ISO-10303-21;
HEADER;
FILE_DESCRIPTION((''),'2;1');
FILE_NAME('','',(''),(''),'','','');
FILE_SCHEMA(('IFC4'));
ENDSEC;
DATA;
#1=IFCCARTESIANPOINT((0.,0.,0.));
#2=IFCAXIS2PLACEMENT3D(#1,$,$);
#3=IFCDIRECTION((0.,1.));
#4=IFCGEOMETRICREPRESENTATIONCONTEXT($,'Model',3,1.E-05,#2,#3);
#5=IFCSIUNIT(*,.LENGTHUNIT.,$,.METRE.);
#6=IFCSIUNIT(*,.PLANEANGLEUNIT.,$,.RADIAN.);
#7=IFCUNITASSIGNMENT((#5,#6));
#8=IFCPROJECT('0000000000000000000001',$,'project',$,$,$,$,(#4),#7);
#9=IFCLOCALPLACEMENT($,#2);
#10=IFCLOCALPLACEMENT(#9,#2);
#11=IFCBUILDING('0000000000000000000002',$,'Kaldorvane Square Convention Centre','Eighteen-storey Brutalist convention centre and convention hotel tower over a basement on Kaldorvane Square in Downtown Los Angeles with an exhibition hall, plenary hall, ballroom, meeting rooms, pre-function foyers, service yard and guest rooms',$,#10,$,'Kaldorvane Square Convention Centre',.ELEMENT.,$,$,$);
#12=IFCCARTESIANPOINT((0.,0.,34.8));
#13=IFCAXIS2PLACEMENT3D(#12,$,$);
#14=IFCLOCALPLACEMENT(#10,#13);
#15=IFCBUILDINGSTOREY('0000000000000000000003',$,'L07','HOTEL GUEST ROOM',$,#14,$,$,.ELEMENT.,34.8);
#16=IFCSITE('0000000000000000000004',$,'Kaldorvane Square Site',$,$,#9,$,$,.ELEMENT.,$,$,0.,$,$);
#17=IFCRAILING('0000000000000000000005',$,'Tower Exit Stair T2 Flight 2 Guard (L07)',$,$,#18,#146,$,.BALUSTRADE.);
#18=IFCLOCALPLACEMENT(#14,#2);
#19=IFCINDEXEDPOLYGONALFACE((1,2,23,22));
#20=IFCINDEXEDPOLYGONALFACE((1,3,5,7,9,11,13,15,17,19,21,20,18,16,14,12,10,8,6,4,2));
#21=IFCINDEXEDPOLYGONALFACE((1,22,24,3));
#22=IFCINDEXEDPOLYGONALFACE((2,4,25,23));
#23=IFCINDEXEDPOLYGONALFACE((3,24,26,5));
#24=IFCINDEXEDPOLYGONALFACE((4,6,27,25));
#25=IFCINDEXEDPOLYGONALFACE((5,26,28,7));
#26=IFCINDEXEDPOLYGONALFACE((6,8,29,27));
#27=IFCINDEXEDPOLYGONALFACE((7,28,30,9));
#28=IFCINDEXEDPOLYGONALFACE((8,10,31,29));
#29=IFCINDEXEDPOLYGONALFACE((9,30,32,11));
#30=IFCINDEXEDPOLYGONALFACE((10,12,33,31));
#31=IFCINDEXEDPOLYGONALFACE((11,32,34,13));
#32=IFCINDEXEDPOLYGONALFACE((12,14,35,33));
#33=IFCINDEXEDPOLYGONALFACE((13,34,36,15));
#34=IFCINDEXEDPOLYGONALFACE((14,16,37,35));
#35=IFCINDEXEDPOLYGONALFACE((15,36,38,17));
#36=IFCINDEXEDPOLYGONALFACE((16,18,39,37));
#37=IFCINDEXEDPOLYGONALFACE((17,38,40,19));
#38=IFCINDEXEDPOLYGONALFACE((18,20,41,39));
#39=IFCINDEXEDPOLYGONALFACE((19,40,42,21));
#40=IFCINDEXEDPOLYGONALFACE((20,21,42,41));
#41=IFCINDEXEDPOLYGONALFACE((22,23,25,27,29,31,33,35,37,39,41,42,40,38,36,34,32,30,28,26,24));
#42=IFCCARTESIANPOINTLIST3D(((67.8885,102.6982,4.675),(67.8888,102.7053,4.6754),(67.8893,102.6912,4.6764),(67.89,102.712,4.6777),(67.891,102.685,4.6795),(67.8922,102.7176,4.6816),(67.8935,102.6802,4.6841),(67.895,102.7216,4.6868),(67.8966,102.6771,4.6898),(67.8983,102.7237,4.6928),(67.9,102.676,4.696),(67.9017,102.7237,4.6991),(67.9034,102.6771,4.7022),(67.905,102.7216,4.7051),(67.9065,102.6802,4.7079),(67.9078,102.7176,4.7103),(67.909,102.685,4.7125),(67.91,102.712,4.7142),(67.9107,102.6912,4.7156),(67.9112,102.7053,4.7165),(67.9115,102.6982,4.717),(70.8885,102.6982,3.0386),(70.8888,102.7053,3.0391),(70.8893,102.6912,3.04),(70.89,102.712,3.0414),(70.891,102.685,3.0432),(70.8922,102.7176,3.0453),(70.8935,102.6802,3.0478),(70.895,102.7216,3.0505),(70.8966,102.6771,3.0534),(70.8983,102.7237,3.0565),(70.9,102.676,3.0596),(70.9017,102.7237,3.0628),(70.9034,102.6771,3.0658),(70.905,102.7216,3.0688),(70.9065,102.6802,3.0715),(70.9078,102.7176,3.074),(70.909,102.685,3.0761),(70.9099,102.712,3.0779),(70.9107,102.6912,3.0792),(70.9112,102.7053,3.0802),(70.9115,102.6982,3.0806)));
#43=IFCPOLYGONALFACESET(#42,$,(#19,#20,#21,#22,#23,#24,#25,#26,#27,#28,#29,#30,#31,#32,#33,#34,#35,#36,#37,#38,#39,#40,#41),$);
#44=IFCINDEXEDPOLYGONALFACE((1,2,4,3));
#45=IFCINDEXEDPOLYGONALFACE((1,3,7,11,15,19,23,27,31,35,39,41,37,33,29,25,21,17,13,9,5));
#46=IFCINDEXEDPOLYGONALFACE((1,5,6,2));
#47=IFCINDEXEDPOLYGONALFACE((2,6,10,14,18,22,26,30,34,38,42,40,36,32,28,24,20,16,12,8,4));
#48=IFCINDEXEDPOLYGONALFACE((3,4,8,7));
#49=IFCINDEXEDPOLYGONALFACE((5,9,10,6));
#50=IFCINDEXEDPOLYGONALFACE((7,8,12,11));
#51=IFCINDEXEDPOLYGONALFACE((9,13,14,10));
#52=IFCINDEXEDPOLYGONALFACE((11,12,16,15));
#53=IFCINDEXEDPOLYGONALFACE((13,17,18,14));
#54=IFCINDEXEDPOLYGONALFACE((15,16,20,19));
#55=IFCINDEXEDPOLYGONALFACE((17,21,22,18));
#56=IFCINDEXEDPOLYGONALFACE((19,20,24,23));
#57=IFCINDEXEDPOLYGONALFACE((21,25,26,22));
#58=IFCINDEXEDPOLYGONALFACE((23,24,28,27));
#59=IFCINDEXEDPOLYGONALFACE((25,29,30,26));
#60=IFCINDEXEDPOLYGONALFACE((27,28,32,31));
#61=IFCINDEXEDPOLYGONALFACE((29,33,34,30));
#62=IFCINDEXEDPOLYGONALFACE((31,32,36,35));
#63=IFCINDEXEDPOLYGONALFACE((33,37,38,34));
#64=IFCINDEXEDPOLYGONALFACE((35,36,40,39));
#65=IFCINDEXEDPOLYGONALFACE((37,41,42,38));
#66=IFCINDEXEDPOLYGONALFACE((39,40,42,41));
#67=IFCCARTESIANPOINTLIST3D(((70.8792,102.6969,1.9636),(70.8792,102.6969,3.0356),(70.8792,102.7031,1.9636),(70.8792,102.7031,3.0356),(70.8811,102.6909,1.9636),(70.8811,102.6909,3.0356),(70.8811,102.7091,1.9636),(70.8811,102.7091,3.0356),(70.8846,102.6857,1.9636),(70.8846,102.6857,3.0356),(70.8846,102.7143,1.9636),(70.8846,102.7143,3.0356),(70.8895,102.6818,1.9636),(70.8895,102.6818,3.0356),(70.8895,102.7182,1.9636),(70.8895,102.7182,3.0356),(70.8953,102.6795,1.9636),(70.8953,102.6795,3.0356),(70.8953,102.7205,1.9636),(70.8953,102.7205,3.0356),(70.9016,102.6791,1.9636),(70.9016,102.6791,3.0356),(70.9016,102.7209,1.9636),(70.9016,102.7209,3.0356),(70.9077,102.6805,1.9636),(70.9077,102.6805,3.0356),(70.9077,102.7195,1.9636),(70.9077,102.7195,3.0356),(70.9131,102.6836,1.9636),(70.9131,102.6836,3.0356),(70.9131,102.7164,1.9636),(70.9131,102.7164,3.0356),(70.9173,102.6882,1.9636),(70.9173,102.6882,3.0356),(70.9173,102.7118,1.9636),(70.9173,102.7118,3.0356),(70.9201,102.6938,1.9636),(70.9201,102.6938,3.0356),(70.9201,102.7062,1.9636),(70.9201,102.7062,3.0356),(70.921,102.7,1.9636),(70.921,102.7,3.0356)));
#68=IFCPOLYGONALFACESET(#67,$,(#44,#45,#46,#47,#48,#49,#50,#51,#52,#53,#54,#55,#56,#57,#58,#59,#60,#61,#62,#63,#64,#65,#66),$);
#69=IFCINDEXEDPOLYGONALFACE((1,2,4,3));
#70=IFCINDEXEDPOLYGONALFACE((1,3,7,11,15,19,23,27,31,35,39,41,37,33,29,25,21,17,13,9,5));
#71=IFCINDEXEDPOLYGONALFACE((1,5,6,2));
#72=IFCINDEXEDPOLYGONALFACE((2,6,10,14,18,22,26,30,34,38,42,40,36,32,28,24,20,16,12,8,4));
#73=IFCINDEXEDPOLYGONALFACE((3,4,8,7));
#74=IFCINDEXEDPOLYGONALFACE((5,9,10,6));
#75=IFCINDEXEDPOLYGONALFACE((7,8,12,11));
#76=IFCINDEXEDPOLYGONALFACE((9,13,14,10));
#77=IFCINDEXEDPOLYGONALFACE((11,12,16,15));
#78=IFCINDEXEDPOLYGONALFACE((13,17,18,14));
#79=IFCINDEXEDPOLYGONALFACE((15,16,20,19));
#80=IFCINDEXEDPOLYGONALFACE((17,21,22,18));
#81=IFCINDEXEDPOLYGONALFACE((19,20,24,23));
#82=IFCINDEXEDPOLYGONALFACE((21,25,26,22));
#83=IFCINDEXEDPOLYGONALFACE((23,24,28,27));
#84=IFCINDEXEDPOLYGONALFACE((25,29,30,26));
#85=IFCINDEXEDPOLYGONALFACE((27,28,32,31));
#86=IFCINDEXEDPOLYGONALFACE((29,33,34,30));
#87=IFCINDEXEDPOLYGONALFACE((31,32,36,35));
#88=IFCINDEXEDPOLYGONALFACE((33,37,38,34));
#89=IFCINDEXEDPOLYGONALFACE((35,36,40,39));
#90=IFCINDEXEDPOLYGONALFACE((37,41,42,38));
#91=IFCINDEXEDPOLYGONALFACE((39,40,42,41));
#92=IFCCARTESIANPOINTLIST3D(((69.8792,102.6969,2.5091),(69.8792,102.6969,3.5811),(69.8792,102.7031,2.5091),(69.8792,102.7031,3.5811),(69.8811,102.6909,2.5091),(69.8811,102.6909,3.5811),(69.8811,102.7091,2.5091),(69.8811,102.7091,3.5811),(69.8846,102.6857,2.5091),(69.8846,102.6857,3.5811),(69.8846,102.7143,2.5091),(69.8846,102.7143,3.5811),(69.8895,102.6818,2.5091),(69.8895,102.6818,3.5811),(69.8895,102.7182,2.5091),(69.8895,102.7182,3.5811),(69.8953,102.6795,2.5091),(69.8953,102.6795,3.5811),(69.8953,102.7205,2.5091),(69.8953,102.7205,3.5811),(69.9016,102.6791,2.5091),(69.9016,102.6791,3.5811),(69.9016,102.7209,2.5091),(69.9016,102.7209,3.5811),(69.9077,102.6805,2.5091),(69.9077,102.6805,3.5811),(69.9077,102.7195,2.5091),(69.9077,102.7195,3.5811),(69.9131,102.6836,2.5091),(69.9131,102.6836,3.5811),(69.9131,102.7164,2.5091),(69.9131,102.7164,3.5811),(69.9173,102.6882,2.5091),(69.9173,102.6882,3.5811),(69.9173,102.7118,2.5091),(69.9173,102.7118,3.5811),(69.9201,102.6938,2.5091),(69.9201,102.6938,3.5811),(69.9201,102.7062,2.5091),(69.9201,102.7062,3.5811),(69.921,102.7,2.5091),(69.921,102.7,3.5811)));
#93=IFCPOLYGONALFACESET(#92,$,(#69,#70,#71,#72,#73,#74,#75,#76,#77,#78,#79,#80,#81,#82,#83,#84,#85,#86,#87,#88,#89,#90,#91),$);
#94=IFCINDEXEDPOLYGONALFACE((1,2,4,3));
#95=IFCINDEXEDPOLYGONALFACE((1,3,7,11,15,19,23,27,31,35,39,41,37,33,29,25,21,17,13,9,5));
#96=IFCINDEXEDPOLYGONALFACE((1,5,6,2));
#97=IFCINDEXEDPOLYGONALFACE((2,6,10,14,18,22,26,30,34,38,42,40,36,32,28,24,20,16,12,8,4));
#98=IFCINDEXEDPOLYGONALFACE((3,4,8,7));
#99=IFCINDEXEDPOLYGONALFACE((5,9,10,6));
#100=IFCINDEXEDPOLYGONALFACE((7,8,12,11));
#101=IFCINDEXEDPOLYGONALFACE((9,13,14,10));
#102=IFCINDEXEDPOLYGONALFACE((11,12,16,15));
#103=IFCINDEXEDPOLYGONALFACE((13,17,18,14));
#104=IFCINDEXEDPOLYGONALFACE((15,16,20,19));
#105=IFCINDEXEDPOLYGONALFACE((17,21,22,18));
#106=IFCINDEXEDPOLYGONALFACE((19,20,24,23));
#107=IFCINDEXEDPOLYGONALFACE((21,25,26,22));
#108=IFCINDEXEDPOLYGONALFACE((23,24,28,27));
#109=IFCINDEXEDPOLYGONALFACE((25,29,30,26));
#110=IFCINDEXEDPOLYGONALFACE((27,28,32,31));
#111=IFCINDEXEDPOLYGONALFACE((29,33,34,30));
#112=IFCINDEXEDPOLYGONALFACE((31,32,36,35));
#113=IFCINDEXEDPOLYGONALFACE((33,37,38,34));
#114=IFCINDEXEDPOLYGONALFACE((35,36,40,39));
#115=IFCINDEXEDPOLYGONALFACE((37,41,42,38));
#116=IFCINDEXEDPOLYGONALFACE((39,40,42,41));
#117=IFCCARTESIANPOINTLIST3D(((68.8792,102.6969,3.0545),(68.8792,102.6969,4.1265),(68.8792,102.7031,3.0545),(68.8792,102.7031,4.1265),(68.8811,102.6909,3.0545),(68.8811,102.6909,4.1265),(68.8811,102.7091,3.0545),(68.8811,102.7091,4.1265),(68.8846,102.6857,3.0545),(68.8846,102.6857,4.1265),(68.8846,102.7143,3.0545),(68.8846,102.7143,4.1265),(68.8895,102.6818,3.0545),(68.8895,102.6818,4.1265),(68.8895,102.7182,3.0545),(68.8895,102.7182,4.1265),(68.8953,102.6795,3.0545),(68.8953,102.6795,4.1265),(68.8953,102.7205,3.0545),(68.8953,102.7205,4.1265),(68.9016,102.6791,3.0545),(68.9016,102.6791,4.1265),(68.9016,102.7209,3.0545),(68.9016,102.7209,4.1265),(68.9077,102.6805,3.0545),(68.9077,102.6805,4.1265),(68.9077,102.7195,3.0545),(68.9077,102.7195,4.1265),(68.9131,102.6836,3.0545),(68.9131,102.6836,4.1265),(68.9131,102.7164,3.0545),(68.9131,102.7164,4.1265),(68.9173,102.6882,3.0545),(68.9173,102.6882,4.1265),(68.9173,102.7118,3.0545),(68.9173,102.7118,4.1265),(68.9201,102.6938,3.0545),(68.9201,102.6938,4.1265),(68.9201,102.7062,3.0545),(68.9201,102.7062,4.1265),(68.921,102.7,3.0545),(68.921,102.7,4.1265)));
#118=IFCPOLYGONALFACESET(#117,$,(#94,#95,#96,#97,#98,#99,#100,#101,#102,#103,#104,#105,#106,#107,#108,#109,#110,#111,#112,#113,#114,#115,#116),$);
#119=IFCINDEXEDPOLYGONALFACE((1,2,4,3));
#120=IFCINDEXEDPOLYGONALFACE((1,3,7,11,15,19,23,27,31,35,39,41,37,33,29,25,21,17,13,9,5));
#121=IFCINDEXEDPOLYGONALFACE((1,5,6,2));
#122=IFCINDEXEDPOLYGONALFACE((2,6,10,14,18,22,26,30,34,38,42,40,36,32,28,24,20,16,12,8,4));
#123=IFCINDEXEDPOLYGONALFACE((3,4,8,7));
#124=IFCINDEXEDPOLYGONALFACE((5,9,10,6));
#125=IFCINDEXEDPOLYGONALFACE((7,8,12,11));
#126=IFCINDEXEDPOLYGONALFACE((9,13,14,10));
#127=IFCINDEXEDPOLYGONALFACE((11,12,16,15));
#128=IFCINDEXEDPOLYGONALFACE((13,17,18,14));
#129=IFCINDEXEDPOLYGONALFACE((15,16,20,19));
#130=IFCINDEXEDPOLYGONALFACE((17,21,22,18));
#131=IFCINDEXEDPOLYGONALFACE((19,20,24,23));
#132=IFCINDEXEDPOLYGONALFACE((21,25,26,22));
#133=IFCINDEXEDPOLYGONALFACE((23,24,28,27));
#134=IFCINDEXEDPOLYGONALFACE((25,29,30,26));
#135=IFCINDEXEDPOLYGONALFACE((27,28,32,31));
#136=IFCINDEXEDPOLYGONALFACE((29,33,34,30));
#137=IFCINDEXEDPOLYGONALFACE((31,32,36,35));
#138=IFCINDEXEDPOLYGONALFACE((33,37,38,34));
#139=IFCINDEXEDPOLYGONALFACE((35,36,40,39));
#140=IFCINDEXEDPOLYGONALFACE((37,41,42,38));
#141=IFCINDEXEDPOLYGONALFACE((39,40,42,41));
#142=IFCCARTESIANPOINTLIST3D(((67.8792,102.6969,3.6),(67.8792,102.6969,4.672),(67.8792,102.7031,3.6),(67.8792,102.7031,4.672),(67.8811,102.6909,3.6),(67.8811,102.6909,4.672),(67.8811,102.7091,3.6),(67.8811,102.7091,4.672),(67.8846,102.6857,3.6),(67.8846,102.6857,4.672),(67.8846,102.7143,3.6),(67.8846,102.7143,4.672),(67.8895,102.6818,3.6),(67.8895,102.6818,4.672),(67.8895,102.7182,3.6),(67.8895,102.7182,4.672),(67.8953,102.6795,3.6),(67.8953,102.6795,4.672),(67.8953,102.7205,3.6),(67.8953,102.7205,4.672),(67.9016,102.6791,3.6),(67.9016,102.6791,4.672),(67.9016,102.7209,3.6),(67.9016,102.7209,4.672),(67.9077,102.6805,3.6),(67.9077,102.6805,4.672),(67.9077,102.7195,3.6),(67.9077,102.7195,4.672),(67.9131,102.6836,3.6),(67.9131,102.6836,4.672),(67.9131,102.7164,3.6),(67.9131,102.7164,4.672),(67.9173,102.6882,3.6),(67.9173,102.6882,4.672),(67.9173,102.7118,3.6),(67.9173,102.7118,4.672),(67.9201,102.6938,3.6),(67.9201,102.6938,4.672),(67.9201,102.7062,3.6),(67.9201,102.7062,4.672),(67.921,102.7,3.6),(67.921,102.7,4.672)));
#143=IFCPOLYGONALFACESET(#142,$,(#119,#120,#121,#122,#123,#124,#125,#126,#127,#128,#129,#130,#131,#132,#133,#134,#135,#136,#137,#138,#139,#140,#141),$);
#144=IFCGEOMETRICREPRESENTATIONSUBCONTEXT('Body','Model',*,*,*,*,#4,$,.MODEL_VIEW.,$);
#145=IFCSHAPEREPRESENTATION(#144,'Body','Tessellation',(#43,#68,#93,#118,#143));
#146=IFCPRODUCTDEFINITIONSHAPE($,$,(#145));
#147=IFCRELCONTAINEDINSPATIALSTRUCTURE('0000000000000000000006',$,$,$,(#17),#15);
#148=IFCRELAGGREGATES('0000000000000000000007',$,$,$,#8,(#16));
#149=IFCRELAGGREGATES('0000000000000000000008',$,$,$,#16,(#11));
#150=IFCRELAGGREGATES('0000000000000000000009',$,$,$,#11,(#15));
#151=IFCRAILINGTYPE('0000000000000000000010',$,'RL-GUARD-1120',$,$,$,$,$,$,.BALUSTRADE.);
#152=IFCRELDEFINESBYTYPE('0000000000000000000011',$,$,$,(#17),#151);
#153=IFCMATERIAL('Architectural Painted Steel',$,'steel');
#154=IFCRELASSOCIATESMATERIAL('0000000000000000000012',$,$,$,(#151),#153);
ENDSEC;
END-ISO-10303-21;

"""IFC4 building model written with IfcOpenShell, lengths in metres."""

from ifc_helpers import new_model, si_unit, direction, frame, origin, origin_2d, place, context, subcontext, project, spatial, circle, extrude, material, type_object, element, save


model = new_model("IFC4")

# Units and contexts
model_context = context("Model", 3, precision=1e-05, world=origin(), true_north=direction((0.0, 1.0)))
body_context = subcontext(model_context, "Body", "Model", "MODEL_VIEW")
ifc_project = project(units=[si_unit("LENGTHUNIT", "METRE"), si_unit("PLANEANGLEUNIT", "RADIAN")], contexts=[model_context])

# Site, building, storey
site_placement = place(None, origin())
site = spatial("IfcSite", under=ifc_project, at=site_placement, Name="Kaldorvane Square Site", CompositionType="ELEMENT", RefElevation=0.0)
building_placement = place(site_placement, origin())
building = spatial("IfcBuilding", under=site, at=building_placement, Name="Kaldorvane Square Convention Centre", Description="Eighteen-storey Brutalist convention centre and convention hotel tower over a basement on Kaldorvane Square in Downtown Los Angeles with an exhibition hall, plenary hall, ballroom, meeting rooms, pre-function foyers, service yard and guest rooms", LongName="Kaldorvane Square Convention Centre", CompositionType="ELEMENT")
storey_placement = place(building_placement, frame((0.0, 0.0, 34.8)))
storey = spatial("IfcBuildingStorey", under=building, at=storey_placement, Name="L07", Description="HOTEL GUEST ROOM", CompositionType="ELEMENT", Elevation=34.8)

# Railing
ifc_material_1 = material(Name="Architectural Painted Steel", Category="steel")
railing_type_1 = type_object("IfcRailingType", Name="RL-GUARD-1120", PredefinedType="BALUSTRADE", material=ifc_material_1)
railing_1_placement = place(storey_placement, frame((70.9, 102.7, 1.9636)))
element("IfcRailing", 1, at=railing_1_placement, inside=storey, type_object=railing_type_1, Name="Tower Exit Stair T2 Flight 2 Guard (L07)", PredefinedType="BALUSTRADE", context=body_context, shape_type="SweptSolid", body=[
    extrude(circle(Radius=0.024, at=origin_2d()), frame((0.0, 0.0, 1.096), z_axis=(-0.877897, 0.0, 0.47885), x_axis=(0.0, -1.0, 0.0)), (0.0, 0.0, 1.0), 3.4173),
    extrude(circle(Radius=0.021, at=origin_2d()), origin(), (0.0, 0.0, 1.0), 1.072),
    extrude(circle(Radius=0.021, at=origin_2d()), frame((-1.0, 0.0, 0.5455)), (0.0, 0.0, 1.0), 1.072),
    extrude(circle(Radius=0.021, at=origin_2d()), frame((-2.0, 0.0, 1.0909)), (0.0, 0.0, 1.0), 1.072),
    extrude(circle(Radius=0.021, at=origin_2d()), frame((-3.0, 0.0, 1.6364)), (0.0, 0.0, 1.0), 1.072),
])

save(model, "model.ifc")
